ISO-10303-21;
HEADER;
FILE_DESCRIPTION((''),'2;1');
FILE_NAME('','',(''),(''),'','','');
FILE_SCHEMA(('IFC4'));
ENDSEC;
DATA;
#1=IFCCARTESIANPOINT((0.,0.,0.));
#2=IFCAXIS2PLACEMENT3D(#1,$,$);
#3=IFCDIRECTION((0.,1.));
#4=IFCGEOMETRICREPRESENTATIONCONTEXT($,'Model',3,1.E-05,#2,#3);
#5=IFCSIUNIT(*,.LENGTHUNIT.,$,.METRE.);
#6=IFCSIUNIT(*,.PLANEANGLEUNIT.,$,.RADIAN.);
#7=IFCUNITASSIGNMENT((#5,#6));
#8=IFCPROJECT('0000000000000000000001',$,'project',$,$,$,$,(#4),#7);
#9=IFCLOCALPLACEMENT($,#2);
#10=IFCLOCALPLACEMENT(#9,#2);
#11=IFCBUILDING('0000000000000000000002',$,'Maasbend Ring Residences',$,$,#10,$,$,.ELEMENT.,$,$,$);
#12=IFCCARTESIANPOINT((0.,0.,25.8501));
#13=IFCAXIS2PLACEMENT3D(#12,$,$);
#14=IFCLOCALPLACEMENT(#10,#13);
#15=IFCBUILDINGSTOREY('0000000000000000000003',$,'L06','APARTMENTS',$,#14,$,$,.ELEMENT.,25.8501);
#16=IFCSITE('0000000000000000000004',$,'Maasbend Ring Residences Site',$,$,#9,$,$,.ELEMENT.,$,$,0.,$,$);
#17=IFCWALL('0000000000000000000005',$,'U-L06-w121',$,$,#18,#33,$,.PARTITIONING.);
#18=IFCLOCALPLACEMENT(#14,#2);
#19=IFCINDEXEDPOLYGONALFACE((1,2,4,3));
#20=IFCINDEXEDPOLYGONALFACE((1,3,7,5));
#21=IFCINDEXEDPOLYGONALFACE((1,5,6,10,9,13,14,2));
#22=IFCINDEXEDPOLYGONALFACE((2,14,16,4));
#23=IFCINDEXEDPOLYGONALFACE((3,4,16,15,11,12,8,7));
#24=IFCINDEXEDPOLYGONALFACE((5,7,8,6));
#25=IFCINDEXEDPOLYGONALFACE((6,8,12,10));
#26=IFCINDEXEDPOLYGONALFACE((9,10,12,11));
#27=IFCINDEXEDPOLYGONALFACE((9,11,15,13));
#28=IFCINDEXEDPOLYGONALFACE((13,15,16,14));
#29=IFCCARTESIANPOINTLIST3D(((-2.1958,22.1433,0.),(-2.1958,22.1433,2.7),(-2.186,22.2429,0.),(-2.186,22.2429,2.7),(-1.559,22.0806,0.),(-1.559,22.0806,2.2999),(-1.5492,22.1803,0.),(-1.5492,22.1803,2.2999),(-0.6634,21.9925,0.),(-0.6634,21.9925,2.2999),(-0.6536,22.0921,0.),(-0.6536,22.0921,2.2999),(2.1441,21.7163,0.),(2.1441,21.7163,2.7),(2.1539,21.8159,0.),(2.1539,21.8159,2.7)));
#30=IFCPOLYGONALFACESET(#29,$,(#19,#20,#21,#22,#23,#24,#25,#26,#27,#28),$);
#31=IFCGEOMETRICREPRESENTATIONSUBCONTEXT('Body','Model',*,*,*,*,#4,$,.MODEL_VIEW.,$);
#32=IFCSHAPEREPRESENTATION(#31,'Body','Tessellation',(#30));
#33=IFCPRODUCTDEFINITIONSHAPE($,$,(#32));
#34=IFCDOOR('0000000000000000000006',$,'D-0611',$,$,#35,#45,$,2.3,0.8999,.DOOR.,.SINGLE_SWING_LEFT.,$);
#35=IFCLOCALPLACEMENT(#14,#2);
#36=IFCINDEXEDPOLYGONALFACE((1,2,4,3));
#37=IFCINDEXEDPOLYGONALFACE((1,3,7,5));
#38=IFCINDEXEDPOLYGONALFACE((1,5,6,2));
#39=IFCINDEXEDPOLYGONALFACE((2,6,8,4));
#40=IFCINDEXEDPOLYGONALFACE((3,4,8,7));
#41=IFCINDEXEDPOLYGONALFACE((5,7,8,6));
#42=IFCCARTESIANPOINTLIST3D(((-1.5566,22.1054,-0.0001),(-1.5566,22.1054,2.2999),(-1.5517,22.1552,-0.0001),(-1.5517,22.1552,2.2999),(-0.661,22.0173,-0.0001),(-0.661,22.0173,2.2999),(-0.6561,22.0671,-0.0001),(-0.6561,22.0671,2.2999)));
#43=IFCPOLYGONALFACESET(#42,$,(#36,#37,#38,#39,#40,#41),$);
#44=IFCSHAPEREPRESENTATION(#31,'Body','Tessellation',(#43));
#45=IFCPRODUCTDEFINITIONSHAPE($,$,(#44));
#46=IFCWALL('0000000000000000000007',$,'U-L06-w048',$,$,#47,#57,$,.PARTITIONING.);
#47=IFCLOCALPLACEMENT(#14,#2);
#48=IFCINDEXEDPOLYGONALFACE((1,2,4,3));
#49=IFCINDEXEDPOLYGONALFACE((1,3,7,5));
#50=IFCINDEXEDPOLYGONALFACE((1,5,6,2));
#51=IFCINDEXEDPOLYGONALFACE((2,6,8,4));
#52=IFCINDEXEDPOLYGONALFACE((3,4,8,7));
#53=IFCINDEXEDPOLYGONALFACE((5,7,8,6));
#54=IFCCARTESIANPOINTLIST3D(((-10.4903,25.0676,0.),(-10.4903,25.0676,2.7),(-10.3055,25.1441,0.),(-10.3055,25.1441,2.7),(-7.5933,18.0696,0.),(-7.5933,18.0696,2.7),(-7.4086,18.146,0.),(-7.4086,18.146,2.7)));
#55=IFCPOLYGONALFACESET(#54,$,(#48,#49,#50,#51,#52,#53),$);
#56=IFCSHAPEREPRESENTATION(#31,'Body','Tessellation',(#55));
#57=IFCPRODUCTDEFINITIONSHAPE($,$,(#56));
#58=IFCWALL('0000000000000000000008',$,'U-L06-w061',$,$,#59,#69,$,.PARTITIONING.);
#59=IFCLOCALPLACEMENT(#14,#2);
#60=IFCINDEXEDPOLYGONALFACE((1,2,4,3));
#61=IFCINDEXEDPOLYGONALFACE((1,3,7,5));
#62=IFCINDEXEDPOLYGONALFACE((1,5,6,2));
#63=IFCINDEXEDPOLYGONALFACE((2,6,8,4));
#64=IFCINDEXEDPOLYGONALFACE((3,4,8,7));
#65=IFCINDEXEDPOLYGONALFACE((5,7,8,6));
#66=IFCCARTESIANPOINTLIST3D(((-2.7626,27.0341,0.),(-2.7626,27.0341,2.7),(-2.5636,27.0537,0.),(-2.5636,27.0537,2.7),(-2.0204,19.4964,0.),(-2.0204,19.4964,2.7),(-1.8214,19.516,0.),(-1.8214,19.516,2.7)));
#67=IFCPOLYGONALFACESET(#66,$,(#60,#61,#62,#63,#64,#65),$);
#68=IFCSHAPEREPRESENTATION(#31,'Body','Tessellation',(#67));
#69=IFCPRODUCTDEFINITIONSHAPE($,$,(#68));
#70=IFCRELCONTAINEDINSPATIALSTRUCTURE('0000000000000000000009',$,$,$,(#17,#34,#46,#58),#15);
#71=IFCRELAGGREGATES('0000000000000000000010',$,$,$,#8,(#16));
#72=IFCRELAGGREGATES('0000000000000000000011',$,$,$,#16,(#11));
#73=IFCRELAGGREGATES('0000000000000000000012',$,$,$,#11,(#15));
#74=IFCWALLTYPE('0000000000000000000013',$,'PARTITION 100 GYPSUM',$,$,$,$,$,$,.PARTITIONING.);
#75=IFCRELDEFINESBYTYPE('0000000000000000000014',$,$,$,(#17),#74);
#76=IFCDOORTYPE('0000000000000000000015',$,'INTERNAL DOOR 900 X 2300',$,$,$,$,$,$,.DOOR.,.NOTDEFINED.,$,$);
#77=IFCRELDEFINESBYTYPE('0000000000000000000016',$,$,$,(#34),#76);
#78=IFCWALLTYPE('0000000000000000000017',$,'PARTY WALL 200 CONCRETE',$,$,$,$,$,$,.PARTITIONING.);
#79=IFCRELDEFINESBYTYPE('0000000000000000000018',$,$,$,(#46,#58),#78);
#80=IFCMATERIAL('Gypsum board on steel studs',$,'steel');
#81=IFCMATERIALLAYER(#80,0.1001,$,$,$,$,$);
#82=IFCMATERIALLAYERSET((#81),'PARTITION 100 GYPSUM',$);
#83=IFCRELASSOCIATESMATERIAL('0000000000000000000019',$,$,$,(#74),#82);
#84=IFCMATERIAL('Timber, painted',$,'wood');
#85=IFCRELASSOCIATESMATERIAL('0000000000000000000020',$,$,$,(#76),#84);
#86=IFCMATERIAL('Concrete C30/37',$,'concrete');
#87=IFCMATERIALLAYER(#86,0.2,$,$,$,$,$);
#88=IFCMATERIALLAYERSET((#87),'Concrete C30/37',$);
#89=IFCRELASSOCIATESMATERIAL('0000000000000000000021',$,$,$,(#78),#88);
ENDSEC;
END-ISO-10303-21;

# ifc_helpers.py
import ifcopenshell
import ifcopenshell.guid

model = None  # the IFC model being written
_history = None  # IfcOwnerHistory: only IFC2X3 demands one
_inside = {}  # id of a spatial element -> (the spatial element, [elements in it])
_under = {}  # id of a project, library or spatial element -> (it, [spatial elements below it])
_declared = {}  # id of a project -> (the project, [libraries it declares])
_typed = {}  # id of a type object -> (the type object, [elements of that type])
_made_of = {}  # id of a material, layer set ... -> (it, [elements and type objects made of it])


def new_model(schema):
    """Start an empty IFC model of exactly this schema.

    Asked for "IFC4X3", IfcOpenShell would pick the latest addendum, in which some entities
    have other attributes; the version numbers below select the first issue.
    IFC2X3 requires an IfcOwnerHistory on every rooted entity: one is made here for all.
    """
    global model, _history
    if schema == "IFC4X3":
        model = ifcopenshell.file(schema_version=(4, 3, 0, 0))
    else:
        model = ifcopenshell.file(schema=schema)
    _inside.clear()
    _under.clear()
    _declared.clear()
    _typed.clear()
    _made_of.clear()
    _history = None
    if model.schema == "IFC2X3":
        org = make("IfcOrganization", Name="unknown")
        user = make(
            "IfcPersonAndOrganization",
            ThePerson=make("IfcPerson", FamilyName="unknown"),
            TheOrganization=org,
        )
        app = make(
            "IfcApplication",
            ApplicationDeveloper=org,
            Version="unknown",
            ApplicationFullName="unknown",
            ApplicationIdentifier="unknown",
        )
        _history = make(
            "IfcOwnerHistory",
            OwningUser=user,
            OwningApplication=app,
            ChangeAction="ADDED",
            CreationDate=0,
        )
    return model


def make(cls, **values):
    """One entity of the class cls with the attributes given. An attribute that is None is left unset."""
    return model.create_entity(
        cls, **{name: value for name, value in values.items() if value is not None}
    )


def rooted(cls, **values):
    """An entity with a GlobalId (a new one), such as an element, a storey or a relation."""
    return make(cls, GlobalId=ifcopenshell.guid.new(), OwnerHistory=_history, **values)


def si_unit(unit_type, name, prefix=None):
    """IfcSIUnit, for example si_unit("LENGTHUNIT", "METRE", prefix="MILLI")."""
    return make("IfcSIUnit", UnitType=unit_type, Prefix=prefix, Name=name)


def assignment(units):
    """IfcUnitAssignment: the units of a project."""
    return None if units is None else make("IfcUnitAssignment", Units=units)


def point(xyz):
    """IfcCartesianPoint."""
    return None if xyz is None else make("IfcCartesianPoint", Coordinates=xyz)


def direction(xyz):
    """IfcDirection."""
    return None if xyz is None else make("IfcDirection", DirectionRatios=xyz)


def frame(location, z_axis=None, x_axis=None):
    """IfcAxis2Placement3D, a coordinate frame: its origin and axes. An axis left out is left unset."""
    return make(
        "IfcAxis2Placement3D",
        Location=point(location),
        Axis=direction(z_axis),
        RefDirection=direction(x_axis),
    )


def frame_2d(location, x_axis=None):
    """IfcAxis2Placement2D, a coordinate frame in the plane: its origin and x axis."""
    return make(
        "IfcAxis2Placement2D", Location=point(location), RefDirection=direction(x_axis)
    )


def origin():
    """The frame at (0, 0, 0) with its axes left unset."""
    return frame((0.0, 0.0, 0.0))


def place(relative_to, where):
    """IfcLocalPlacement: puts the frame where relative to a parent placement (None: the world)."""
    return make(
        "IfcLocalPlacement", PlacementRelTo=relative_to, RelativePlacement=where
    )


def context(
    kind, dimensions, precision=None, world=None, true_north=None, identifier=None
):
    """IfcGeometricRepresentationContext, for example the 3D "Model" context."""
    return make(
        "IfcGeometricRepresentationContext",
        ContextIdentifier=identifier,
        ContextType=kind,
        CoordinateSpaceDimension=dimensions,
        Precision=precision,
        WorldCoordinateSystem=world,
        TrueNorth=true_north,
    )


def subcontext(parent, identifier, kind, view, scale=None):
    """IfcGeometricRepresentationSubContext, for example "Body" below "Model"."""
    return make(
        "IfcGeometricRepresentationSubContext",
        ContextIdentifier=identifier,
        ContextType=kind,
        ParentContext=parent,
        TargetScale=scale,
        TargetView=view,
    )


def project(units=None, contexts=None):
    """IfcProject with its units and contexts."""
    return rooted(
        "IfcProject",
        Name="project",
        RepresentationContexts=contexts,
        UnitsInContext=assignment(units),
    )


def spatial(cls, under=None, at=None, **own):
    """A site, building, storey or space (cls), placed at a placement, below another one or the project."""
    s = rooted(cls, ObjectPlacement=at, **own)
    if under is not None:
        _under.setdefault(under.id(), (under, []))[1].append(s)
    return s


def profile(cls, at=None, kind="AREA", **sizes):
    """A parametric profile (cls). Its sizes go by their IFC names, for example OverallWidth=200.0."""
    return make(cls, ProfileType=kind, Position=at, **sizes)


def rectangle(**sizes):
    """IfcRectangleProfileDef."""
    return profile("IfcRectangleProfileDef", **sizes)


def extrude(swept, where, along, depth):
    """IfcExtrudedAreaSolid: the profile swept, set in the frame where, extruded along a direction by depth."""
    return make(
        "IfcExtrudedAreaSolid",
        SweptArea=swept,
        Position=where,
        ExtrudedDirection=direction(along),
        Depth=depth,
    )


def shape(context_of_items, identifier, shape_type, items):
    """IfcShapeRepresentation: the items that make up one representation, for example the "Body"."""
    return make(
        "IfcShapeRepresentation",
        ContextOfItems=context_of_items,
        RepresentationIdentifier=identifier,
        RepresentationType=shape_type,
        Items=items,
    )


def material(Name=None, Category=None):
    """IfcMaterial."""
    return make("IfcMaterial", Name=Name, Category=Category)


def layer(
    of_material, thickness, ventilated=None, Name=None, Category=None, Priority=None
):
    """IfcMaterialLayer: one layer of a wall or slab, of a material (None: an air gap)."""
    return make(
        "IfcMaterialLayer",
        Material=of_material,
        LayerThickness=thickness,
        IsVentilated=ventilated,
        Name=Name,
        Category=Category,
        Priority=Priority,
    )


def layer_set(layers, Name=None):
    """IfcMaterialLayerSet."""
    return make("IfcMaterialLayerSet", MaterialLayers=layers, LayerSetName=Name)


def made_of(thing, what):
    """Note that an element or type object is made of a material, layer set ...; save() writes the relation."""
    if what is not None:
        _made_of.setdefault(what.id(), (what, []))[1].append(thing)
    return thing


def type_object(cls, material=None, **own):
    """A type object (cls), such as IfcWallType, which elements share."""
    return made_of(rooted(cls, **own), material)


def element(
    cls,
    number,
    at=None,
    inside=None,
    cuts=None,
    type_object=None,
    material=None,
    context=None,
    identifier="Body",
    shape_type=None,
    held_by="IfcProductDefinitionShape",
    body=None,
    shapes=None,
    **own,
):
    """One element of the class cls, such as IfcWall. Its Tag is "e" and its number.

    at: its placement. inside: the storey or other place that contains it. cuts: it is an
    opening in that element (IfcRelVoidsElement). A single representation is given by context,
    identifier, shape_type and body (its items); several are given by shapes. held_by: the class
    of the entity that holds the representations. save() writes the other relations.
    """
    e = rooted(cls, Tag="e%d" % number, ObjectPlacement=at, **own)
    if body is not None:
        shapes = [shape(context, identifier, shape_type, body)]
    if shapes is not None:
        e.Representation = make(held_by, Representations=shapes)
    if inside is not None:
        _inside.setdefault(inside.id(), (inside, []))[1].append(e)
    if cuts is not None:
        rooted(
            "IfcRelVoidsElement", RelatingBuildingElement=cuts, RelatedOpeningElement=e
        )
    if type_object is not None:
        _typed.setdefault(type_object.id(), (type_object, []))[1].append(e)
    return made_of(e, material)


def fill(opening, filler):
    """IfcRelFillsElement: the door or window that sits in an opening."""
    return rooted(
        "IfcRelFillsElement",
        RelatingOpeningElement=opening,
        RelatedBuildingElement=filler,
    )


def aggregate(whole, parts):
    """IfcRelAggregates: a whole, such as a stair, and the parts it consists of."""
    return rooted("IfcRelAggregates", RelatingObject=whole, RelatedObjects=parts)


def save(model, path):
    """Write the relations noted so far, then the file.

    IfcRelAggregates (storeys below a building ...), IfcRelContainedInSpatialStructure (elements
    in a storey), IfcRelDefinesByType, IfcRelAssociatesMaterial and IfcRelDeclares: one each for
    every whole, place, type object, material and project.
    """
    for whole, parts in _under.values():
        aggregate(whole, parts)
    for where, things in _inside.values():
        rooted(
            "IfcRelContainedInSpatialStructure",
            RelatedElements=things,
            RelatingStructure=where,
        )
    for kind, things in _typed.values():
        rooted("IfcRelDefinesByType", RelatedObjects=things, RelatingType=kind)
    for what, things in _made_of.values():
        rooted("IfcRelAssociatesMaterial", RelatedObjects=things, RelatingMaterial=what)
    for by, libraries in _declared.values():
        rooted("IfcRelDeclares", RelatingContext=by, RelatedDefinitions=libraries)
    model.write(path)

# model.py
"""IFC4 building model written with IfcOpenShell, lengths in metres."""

from ifc_helpers import new_model, si_unit, direction, frame, frame_2d, origin, place, context, subcontext, project, spatial, rectangle, extrude, material, layer, layer_set, type_object, element, fill, save


model = new_model("IFC4")

# Units and contexts
model_context = context("Model", 3, precision=1e-05, world=origin(), true_north=direction((0.0, 1.0)))
body_context = subcontext(model_context, "Body", "Model", "MODEL_VIEW")
ifc_project = project(units=[si_unit("LENGTHUNIT", "METRE"), si_unit("PLANEANGLEUNIT", "RADIAN")], contexts=[model_context])

# Site, building, storey
site_placement = place(None, origin())
site = spatial("IfcSite", under=ifc_project, at=site_placement, Name="Maasbend Ring Residences Site", CompositionType="ELEMENT", RefElevation=0.0)
building_placement = place(site_placement, origin())
building = spatial("IfcBuilding", under=site, at=building_placement, Name="Maasbend Ring Residences", CompositionType="ELEMENT")
storey_placement = place(building_placement, frame((0.0, 0.0, 25.8501)))
storey = spatial("IfcBuildingStorey", under=building, at=storey_placement, Name="L06", Description="APARTMENTS", CompositionType="ELEMENT", Elevation=25.8501)

# Shared definitions
ifc_material_1 = material(Name="Gypsum board on steel studs", Category="steel")
ifc_layer_1 = layer(ifc_material_1, 0.1001)
ifc_layer_set_1 = layer_set([ifc_layer_1], Name="PARTITION 100 GYPSUM")
wall_type_1 = type_object("IfcWallType", Name="PARTITION 100 GYPSUM", PredefinedType="PARTITIONING", material=ifc_layer_set_1)
ifc_material_2 = material(Name="Timber, painted", Category="wood")
door_type_1 = type_object("IfcDoorType", Name="INTERNAL DOOR 900 X 2300", OperationType="NOTDEFINED", PredefinedType="DOOR", material=ifc_material_2)

# Wall, opening, door
wall_1_placement = place(storey_placement, frame((-2.1909, 22.1931, 0.0), z_axis=(0.0, 0.0, 1.0), x_axis=(0.995194, -0.097918, 0.0)))
wall_1 = element("IfcWall", 1, at=wall_1_placement, inside=storey, type_object=wall_type_1, Name="U-L06-w121", PredefinedType="PARTITIONING", context=body_context, shape_type="SweptSolid", body=[
    extrude(rectangle(XDim=4.3608, YDim=0.1001, at=frame_2d((2.1804, 0.0))), origin(), (0.0, 0.0, 1.0), 2.7),
])
opening_1_placement = place(wall_1_placement, frame((0.6399, 0.0, 0.0)))
opening_1 = element("IfcOpeningElement", 2, at=opening_1_placement, cuts=wall_1, PredefinedType="OPENING", context=body_context, shape_type="SweptSolid", body=[
    extrude(rectangle(XDim=0.8999, YDim=2.3, at=frame_2d((0.45, 1.1499))), frame((0.0, 0.0601, 0.0), z_axis=(0.0, -1.0, 0.0), x_axis=(1.0, 0.0, 0.0)), (0.0, 0.0, 1.0), 0.1201),
])
door_1_placement = place(opening_1_placement, origin())
door_1 = element("IfcDoor", 3, at=door_1_placement, inside=storey, type_object=door_type_1, Name="D-0611", OperationType="SINGLE_SWING_LEFT", OverallHeight=2.3, OverallWidth=0.8999, PredefinedType="DOOR", context=body_context, shape_type="SweptSolid", body=[
    extrude(rectangle(XDim=0.8999, YDim=2.3, at=frame_2d((0.45, 1.1499))), frame((0.0, 0.0249, 0.0), z_axis=(0.0, -1.0, 0.0), x_axis=(1.0, 0.0, 0.0)), (0.0, 0.0, 1.0), 0.05),
])
fill(opening_1, door_1)

# Walls
ifc_material_3 = material(Name="Concrete C30/37", Category="concrete")
ifc_layer_2 = layer(ifc_material_3, 0.2)
ifc_layer_set_2 = layer_set([ifc_layer_2], Name="Concrete C30/37")
wall_type_2 = type_object("IfcWallType", Name="PARTY WALL 200 CONCRETE", PredefinedType="PARTITIONING", material=ifc_layer_set_2)
wall_2_placement = place(storey_placement, frame((-10.3979, 25.106, 0.0), z_axis=(0.0, 0.0, 1.0), x_axis=(0.38249, -0.923959, 0.0)))
element("IfcWall", 4, at=wall_2_placement, inside=storey, type_object=wall_type_2, Name="U-L06-w048", PredefinedType="PARTITIONING", context=body_context, shape_type="SweptSolid", body=[
    extrude(rectangle(XDim=7.574, YDim=0.2, at=frame_2d((3.7871, 0.0))), origin(), (0.0, 0.0, 1.0), 2.7),
])
wall_3_placement = place(storey_placement, frame((-2.6631, 27.0439, 0.0), z_axis=(0.0, 0.0, 1.0), x_axis=(0.097988, -0.995188, 0.0)))
element("IfcWall", 5, at=wall_3_placement, inside=storey, type_object=wall_type_2, Name="U-L06-w061", PredefinedType="PARTITIONING", context=body_context, shape_type="SweptSolid", body=[
    extrude(rectangle(XDim=7.5742, YDim=0.2, at=frame_2d((3.7871, 0.0))), origin(), (0.0, 0.0, 1.0), 2.7),
])

save(model, "model.ifc")
